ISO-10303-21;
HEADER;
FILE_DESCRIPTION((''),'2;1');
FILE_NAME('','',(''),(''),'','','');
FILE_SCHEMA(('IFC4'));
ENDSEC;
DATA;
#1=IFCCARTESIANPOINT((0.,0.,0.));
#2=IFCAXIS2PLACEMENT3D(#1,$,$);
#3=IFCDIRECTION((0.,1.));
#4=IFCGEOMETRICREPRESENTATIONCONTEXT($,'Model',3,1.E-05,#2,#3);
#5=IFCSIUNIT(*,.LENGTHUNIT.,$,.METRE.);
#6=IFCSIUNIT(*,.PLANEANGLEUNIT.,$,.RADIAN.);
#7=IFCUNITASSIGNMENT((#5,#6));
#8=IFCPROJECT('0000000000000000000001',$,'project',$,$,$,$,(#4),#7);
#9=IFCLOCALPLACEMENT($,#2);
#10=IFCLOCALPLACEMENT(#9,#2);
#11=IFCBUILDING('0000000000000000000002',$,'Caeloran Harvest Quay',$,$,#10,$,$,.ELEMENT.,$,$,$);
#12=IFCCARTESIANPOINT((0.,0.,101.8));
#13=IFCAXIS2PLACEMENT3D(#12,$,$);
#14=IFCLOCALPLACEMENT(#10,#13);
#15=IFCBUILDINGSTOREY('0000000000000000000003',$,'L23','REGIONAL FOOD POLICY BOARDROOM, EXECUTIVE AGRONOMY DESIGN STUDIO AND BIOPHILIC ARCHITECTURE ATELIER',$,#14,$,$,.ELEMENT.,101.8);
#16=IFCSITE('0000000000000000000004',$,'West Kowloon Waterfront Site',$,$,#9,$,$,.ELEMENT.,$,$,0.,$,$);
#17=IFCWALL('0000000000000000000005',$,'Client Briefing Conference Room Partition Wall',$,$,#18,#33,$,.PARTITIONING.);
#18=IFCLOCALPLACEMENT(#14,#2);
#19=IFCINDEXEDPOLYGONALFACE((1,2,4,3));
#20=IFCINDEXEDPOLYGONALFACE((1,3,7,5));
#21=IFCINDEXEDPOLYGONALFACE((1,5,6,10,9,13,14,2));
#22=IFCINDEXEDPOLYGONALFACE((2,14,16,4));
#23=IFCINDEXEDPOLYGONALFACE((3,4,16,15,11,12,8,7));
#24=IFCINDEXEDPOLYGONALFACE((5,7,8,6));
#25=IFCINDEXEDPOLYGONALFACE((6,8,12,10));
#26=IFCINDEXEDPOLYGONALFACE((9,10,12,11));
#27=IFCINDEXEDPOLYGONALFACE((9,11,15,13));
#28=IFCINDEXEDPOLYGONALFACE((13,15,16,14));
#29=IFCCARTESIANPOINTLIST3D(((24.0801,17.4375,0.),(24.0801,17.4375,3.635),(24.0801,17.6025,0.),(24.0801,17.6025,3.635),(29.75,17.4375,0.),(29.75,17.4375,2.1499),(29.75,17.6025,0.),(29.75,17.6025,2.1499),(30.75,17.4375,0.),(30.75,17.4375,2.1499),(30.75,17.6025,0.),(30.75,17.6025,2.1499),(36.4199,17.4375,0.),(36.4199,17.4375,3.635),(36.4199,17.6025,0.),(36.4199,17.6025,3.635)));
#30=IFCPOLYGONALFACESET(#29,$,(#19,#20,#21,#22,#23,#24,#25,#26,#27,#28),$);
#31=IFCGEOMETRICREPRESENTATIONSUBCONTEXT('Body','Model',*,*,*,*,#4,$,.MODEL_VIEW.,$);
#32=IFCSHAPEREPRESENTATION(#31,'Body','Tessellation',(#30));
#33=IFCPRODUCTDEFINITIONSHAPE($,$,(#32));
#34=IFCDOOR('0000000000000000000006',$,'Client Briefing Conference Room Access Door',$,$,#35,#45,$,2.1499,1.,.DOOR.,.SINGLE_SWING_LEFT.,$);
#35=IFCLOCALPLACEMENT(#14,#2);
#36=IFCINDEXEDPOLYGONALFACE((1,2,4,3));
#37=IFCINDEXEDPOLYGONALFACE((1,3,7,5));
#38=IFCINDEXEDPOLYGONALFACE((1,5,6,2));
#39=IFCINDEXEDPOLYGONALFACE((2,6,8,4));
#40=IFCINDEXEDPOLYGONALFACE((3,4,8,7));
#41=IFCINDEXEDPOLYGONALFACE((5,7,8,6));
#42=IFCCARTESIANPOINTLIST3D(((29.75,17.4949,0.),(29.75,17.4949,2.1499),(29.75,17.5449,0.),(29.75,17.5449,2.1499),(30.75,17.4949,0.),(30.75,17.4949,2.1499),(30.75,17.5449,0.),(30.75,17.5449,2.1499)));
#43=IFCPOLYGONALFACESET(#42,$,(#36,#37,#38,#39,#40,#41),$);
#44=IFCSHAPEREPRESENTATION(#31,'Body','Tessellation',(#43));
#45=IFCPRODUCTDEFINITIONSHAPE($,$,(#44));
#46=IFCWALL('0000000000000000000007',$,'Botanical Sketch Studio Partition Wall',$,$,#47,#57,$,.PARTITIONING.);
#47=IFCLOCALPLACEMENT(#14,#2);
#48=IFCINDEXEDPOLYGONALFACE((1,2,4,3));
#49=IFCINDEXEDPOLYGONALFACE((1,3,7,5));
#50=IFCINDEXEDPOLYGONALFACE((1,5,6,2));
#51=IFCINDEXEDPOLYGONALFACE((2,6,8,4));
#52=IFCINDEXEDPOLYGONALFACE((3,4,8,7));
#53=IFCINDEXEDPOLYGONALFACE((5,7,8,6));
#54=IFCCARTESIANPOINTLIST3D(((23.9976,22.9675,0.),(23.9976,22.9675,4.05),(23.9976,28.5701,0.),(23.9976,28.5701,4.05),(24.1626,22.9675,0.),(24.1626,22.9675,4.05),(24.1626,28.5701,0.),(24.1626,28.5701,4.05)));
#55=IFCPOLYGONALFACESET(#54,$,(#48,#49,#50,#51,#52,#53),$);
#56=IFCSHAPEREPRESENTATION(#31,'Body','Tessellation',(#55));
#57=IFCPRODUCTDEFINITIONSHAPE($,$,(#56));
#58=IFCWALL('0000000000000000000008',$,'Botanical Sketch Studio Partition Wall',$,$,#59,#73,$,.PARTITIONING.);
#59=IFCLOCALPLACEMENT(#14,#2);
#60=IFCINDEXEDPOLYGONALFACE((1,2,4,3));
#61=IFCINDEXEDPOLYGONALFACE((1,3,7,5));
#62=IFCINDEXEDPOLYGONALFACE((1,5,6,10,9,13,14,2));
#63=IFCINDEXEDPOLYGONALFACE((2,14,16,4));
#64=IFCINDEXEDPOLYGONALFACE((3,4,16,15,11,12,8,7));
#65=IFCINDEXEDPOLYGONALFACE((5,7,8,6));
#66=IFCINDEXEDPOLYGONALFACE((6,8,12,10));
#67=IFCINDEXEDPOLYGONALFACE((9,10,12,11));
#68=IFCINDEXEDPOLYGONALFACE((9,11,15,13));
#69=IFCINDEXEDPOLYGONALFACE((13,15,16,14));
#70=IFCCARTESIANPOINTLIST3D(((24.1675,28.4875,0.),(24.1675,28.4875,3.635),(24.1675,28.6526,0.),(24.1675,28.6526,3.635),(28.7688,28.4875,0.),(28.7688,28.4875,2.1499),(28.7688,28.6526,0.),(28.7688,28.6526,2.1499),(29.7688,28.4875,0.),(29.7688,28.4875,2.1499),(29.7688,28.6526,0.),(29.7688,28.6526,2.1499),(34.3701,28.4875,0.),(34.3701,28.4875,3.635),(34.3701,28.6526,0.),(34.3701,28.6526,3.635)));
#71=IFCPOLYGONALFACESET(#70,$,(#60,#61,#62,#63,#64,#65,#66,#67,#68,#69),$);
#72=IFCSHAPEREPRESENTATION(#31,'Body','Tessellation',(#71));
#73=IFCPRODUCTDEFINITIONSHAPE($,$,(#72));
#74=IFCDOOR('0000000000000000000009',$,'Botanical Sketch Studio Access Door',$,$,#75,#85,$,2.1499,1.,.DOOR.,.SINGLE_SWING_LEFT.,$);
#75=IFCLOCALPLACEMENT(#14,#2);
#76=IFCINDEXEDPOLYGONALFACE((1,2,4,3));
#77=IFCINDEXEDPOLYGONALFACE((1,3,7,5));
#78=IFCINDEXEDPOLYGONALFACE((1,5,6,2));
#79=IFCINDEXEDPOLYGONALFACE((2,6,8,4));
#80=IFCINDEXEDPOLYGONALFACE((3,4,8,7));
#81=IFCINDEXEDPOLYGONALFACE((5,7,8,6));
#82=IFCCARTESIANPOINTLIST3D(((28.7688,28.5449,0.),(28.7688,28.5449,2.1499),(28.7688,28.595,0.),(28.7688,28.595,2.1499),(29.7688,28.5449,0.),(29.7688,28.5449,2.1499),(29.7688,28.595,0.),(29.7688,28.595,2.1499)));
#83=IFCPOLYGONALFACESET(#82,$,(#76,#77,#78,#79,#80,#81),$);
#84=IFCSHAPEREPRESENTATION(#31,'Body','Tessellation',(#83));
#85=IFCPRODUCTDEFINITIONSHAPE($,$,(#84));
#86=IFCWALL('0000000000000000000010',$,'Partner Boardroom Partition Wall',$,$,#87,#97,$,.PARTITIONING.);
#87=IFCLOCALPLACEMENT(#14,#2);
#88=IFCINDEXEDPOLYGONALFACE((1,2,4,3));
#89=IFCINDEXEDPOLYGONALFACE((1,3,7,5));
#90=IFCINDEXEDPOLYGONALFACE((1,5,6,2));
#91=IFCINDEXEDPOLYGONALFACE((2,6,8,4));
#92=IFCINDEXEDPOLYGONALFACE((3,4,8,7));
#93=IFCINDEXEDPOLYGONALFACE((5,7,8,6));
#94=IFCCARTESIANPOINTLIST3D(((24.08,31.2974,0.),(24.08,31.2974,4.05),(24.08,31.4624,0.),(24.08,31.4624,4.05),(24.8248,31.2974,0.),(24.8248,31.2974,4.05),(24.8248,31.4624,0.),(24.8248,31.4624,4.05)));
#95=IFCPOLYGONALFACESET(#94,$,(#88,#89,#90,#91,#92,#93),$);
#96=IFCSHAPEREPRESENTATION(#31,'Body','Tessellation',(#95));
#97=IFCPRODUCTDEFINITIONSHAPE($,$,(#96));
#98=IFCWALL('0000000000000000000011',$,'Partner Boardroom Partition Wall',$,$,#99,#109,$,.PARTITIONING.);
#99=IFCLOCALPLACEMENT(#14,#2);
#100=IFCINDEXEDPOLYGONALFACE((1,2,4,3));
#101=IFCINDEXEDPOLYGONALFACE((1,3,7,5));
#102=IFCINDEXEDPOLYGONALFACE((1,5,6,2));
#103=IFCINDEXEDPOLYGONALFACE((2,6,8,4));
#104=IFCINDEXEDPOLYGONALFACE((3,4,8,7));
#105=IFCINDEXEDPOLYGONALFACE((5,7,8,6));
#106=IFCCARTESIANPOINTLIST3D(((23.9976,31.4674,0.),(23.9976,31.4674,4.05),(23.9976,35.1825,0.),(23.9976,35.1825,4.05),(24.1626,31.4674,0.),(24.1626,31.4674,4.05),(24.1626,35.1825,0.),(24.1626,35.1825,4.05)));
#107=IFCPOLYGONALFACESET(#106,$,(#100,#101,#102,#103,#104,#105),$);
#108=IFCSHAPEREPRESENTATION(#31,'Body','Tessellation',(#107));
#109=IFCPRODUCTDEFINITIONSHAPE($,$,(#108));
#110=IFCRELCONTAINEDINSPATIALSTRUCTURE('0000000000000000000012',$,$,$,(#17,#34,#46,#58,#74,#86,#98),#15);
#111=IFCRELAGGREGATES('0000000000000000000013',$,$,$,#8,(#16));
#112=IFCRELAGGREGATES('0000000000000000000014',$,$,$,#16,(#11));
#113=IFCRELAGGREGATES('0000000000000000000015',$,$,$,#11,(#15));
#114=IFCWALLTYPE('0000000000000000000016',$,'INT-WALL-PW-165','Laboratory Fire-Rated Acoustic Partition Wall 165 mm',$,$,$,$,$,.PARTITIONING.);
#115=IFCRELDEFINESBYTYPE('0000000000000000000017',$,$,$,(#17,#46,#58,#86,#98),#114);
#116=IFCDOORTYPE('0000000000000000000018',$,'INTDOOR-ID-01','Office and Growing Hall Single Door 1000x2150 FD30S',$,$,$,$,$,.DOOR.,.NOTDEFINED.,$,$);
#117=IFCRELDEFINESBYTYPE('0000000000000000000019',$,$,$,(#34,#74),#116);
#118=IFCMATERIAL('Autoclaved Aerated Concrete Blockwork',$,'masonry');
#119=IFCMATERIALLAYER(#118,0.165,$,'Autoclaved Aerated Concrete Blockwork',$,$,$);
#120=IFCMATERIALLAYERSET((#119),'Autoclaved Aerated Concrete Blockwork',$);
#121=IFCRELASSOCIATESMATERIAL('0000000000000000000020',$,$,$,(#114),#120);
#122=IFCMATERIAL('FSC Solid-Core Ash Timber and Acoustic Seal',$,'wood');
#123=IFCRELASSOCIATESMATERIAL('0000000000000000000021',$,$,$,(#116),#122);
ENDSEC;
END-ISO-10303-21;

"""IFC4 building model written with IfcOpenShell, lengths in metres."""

from ifc_helpers import new_model, si_unit, direction, frame, frame_2d, origin, place, context, subcontext, project, spatial, rectangle, extrude, material, layer, layer_set, type_object, element, fill, save


model = new_model("IFC4")

# Units and contexts
model_context = context("Model", 3, precision=1e-05, world=origin(), true_north=direction((0.0, 1.0)))
body_context = subcontext(model_context, "Body", "Model", "MODEL_VIEW")
ifc_project = project(units=[si_unit("LENGTHUNIT", "METRE"), si_unit("PLANEANGLEUNIT", "RADIAN")], contexts=[model_context])

# Site, building, storey
site_placement = place(None, origin())
site = spatial("IfcSite", under=ifc_project, at=site_placement, Name="West Kowloon Waterfront Site", CompositionType="ELEMENT", RefElevation=0.0)
building_placement = place(site_placement, origin())
building = spatial("IfcBuilding", under=site, at=building_placement, Name="Caeloran Harvest Quay", CompositionType="ELEMENT")
storey_placement = place(building_placement, frame((0.0, 0.0, 101.8)))
storey = spatial("IfcBuildingStorey", under=building, at=storey_placement, Name="L23", Description="REGIONAL FOOD POLICY BOARDROOM, EXECUTIVE AGRONOMY DESIGN STUDIO AND BIOPHILIC ARCHITECTURE ATELIER", CompositionType="ELEMENT", Elevation=101.8)

# Shared definitions
ifc_material_1 = material(Name="Autoclaved Aerated Concrete Blockwork", Category="masonry")
ifc_layer_1 = layer(ifc_material_1, 0.165, Name="Autoclaved Aerated Concrete Blockwork")
ifc_layer_set_1 = layer_set([ifc_layer_1], Name="Autoclaved Aerated Concrete Blockwork")
wall_type_1 = type_object("IfcWallType", Name="INT-WALL-PW-165", Description="Laboratory Fire-Rated Acoustic Partition Wall 165 mm", PredefinedType="PARTITIONING", material=ifc_layer_set_1)

# Wall, opening, door
wall_1_placement = place(storey_placement, frame((24.0801, 17.52, 0.0), z_axis=(0.0, 0.0, 1.0), x_axis=(1.0, 0.0, 0.0)))
wall_1 = element("IfcWall", 1, at=wall_1_placement, inside=storey, type_object=wall_type_1, Name="Client Briefing Conference Room Partition Wall", PredefinedType="PARTITIONING", context=body_context, shape_type="SweptSolid", body=[
    extrude(rectangle(XDim=12.3398, YDim=0.165, at=frame_2d((6.1699, 0.0))), origin(), (0.0, 0.0, 1.0), 3.635),
])
opening_1_placement = place(wall_1_placement, frame((5.6699, 0.0, 0.0)))
opening_1 = element("IfcOpeningElement", 2, at=opening_1_placement, cuts=wall_1, PredefinedType="OPENING", context=body_context, shape_type="SweptSolid", body=[
    extrude(rectangle(XDim=1.0, YDim=2.1499, at=frame_2d((0.5, 1.075))), frame((0.0, 0.0925, 0.0), z_axis=(0.0, -1.0, 0.0), x_axis=(1.0, 0.0, 0.0)), (0.0, 0.0, 1.0), 0.1851),
])
ifc_material_2 = material(Name="FSC Solid-Core Ash Timber and Acoustic Seal", Category="wood")
door_type = type_object("IfcDoorType", Name="INTDOOR-ID-01", Description="Office and Growing Hall Single Door 1000x2150 FD30S", OperationType="NOTDEFINED", PredefinedType="DOOR", material=ifc_material_2)
door_1_placement = place(opening_1_placement, origin())
door_1 = element("IfcDoor", 3, at=door_1_placement, inside=storey, type_object=door_type, Name="Client Briefing Conference Room Access Door", OperationType="SINGLE_SWING_LEFT", OverallHeight=2.1499, OverallWidth=1.0, PredefinedType="DOOR", context=body_context, shape_type="SweptSolid", body=[
    extrude(rectangle(XDim=1.0, YDim=2.1499, at=frame_2d((0.5, 1.075))), frame((0.0, 0.0249, 0.0), z_axis=(0.0, -1.0, 0.0), x_axis=(1.0, 0.0, 0.0)), (0.0, 0.0, 1.0), 0.05),
])
fill(opening_1, door_1)

# Wall
wall_2_placement = place(storey_placement, frame((24.0801, 22.9675, 0.0), z_axis=(0.0, 0.0, 1.0), x_axis=(0.0, 1.0, 0.0)))
element("IfcWall", 4, at=wall_2_placement, inside=storey, type_object=wall_type_1, Name="Botanical Sketch Studio Partition Wall", PredefinedType="PARTITIONING", context=body_context, shape_type="SweptSolid", body=[
    extrude(rectangle(XDim=5.6025, YDim=0.165, at=frame_2d((2.8013, 0.0))), origin(), (0.0, 0.0, 1.0), 4.05),
])

# Wall, opening, door
wall_3_placement = place(storey_placement, frame((24.1675, 28.5701, 0.0), z_axis=(0.0, 0.0, 1.0), x_axis=(1.0, 0.0, 0.0)))
wall_3 = element("IfcWall", 5, at=wall_3_placement, inside=storey, type_object=wall_type_1, Name="Botanical Sketch Studio Partition Wall", PredefinedType="PARTITIONING", context=body_context, shape_type="SweptSolid", body=[
    extrude(rectangle(XDim=10.2026, YDim=0.165, at=frame_2d((5.1013, 0.0))), origin(), (0.0, 0.0, 1.0), 3.635),
])
opening_2_placement = place(wall_3_placement, frame((4.6013, 0.0, 0.0)))
opening_2 = element("IfcOpeningElement", 6, at=opening_2_placement, cuts=wall_3, PredefinedType="OPENING", context=body_context, shape_type="SweptSolid", body=[
    extrude(rectangle(XDim=1.0, YDim=2.1499, at=frame_2d((0.5, 1.075))), frame((0.0, 0.0925, 0.0), z_axis=(0.0, -1.0, 0.0), x_axis=(1.0, 0.0, 0.0)), (0.0, 0.0, 1.0), 0.1851),
])
door_2_placement = place(opening_2_placement, origin())
door_2 = element("IfcDoor", 7, at=door_2_placement, inside=storey, type_object=door_type, Name="Botanical Sketch Studio Access Door", OperationType="SINGLE_SWING_LEFT", OverallHeight=2.1499, OverallWidth=1.0, PredefinedType="DOOR", context=body_context, shape_type="SweptSolid", body=[
    extrude(rectangle(XDim=1.0, YDim=2.1499, at=frame_2d((0.5, 1.075))), frame((0.0, 0.0249, 0.0), z_axis=(0.0, -1.0, 0.0), x_axis=(1.0, 0.0, 0.0)), (0.0, 0.0, 1.0), 0.05),
])
fill(opening_2, door_2)

# Walls
wall_4_placement = place(storey_placement, frame((24.825, 31.3799, 0.0), z_axis=(0.0, 0.0, 1.0), x_axis=(-1.0, 0.0, 0.0)))
element("IfcWall", 8, at=wall_4_placement, inside=storey, type_object=wall_type_1, Name="Partner Boardroom Partition Wall", PredefinedType="PARTITIONING", context=body_context, shape_type="SweptSolid", body=[
    extrude(rectangle(XDim=0.7449, YDim=0.165, at=frame_2d((0.3726, 0.0))), origin(), (0.0, 0.0, 1.0), 4.05),
])
wall_5_placement = place(storey_placement, frame((24.0801, 31.4675, 0.0), z_axis=(0.0, 0.0, 1.0), x_axis=(0.0, 1.0, 0.0)))
element("IfcWall", 9, at=wall_5_placement, inside=storey, type_object=wall_type_1, Name="Partner Boardroom Partition Wall", PredefinedType="PARTITIONING", context=body_context, shape_type="SweptSolid", body=[
    extrude(rectangle(XDim=3.7151, YDim=0.165, at=frame_2d((1.8574, 0.0))), origin(), (0.0, 0.0, 1.0), 4.05),
])

save(model, "model.ifc")
